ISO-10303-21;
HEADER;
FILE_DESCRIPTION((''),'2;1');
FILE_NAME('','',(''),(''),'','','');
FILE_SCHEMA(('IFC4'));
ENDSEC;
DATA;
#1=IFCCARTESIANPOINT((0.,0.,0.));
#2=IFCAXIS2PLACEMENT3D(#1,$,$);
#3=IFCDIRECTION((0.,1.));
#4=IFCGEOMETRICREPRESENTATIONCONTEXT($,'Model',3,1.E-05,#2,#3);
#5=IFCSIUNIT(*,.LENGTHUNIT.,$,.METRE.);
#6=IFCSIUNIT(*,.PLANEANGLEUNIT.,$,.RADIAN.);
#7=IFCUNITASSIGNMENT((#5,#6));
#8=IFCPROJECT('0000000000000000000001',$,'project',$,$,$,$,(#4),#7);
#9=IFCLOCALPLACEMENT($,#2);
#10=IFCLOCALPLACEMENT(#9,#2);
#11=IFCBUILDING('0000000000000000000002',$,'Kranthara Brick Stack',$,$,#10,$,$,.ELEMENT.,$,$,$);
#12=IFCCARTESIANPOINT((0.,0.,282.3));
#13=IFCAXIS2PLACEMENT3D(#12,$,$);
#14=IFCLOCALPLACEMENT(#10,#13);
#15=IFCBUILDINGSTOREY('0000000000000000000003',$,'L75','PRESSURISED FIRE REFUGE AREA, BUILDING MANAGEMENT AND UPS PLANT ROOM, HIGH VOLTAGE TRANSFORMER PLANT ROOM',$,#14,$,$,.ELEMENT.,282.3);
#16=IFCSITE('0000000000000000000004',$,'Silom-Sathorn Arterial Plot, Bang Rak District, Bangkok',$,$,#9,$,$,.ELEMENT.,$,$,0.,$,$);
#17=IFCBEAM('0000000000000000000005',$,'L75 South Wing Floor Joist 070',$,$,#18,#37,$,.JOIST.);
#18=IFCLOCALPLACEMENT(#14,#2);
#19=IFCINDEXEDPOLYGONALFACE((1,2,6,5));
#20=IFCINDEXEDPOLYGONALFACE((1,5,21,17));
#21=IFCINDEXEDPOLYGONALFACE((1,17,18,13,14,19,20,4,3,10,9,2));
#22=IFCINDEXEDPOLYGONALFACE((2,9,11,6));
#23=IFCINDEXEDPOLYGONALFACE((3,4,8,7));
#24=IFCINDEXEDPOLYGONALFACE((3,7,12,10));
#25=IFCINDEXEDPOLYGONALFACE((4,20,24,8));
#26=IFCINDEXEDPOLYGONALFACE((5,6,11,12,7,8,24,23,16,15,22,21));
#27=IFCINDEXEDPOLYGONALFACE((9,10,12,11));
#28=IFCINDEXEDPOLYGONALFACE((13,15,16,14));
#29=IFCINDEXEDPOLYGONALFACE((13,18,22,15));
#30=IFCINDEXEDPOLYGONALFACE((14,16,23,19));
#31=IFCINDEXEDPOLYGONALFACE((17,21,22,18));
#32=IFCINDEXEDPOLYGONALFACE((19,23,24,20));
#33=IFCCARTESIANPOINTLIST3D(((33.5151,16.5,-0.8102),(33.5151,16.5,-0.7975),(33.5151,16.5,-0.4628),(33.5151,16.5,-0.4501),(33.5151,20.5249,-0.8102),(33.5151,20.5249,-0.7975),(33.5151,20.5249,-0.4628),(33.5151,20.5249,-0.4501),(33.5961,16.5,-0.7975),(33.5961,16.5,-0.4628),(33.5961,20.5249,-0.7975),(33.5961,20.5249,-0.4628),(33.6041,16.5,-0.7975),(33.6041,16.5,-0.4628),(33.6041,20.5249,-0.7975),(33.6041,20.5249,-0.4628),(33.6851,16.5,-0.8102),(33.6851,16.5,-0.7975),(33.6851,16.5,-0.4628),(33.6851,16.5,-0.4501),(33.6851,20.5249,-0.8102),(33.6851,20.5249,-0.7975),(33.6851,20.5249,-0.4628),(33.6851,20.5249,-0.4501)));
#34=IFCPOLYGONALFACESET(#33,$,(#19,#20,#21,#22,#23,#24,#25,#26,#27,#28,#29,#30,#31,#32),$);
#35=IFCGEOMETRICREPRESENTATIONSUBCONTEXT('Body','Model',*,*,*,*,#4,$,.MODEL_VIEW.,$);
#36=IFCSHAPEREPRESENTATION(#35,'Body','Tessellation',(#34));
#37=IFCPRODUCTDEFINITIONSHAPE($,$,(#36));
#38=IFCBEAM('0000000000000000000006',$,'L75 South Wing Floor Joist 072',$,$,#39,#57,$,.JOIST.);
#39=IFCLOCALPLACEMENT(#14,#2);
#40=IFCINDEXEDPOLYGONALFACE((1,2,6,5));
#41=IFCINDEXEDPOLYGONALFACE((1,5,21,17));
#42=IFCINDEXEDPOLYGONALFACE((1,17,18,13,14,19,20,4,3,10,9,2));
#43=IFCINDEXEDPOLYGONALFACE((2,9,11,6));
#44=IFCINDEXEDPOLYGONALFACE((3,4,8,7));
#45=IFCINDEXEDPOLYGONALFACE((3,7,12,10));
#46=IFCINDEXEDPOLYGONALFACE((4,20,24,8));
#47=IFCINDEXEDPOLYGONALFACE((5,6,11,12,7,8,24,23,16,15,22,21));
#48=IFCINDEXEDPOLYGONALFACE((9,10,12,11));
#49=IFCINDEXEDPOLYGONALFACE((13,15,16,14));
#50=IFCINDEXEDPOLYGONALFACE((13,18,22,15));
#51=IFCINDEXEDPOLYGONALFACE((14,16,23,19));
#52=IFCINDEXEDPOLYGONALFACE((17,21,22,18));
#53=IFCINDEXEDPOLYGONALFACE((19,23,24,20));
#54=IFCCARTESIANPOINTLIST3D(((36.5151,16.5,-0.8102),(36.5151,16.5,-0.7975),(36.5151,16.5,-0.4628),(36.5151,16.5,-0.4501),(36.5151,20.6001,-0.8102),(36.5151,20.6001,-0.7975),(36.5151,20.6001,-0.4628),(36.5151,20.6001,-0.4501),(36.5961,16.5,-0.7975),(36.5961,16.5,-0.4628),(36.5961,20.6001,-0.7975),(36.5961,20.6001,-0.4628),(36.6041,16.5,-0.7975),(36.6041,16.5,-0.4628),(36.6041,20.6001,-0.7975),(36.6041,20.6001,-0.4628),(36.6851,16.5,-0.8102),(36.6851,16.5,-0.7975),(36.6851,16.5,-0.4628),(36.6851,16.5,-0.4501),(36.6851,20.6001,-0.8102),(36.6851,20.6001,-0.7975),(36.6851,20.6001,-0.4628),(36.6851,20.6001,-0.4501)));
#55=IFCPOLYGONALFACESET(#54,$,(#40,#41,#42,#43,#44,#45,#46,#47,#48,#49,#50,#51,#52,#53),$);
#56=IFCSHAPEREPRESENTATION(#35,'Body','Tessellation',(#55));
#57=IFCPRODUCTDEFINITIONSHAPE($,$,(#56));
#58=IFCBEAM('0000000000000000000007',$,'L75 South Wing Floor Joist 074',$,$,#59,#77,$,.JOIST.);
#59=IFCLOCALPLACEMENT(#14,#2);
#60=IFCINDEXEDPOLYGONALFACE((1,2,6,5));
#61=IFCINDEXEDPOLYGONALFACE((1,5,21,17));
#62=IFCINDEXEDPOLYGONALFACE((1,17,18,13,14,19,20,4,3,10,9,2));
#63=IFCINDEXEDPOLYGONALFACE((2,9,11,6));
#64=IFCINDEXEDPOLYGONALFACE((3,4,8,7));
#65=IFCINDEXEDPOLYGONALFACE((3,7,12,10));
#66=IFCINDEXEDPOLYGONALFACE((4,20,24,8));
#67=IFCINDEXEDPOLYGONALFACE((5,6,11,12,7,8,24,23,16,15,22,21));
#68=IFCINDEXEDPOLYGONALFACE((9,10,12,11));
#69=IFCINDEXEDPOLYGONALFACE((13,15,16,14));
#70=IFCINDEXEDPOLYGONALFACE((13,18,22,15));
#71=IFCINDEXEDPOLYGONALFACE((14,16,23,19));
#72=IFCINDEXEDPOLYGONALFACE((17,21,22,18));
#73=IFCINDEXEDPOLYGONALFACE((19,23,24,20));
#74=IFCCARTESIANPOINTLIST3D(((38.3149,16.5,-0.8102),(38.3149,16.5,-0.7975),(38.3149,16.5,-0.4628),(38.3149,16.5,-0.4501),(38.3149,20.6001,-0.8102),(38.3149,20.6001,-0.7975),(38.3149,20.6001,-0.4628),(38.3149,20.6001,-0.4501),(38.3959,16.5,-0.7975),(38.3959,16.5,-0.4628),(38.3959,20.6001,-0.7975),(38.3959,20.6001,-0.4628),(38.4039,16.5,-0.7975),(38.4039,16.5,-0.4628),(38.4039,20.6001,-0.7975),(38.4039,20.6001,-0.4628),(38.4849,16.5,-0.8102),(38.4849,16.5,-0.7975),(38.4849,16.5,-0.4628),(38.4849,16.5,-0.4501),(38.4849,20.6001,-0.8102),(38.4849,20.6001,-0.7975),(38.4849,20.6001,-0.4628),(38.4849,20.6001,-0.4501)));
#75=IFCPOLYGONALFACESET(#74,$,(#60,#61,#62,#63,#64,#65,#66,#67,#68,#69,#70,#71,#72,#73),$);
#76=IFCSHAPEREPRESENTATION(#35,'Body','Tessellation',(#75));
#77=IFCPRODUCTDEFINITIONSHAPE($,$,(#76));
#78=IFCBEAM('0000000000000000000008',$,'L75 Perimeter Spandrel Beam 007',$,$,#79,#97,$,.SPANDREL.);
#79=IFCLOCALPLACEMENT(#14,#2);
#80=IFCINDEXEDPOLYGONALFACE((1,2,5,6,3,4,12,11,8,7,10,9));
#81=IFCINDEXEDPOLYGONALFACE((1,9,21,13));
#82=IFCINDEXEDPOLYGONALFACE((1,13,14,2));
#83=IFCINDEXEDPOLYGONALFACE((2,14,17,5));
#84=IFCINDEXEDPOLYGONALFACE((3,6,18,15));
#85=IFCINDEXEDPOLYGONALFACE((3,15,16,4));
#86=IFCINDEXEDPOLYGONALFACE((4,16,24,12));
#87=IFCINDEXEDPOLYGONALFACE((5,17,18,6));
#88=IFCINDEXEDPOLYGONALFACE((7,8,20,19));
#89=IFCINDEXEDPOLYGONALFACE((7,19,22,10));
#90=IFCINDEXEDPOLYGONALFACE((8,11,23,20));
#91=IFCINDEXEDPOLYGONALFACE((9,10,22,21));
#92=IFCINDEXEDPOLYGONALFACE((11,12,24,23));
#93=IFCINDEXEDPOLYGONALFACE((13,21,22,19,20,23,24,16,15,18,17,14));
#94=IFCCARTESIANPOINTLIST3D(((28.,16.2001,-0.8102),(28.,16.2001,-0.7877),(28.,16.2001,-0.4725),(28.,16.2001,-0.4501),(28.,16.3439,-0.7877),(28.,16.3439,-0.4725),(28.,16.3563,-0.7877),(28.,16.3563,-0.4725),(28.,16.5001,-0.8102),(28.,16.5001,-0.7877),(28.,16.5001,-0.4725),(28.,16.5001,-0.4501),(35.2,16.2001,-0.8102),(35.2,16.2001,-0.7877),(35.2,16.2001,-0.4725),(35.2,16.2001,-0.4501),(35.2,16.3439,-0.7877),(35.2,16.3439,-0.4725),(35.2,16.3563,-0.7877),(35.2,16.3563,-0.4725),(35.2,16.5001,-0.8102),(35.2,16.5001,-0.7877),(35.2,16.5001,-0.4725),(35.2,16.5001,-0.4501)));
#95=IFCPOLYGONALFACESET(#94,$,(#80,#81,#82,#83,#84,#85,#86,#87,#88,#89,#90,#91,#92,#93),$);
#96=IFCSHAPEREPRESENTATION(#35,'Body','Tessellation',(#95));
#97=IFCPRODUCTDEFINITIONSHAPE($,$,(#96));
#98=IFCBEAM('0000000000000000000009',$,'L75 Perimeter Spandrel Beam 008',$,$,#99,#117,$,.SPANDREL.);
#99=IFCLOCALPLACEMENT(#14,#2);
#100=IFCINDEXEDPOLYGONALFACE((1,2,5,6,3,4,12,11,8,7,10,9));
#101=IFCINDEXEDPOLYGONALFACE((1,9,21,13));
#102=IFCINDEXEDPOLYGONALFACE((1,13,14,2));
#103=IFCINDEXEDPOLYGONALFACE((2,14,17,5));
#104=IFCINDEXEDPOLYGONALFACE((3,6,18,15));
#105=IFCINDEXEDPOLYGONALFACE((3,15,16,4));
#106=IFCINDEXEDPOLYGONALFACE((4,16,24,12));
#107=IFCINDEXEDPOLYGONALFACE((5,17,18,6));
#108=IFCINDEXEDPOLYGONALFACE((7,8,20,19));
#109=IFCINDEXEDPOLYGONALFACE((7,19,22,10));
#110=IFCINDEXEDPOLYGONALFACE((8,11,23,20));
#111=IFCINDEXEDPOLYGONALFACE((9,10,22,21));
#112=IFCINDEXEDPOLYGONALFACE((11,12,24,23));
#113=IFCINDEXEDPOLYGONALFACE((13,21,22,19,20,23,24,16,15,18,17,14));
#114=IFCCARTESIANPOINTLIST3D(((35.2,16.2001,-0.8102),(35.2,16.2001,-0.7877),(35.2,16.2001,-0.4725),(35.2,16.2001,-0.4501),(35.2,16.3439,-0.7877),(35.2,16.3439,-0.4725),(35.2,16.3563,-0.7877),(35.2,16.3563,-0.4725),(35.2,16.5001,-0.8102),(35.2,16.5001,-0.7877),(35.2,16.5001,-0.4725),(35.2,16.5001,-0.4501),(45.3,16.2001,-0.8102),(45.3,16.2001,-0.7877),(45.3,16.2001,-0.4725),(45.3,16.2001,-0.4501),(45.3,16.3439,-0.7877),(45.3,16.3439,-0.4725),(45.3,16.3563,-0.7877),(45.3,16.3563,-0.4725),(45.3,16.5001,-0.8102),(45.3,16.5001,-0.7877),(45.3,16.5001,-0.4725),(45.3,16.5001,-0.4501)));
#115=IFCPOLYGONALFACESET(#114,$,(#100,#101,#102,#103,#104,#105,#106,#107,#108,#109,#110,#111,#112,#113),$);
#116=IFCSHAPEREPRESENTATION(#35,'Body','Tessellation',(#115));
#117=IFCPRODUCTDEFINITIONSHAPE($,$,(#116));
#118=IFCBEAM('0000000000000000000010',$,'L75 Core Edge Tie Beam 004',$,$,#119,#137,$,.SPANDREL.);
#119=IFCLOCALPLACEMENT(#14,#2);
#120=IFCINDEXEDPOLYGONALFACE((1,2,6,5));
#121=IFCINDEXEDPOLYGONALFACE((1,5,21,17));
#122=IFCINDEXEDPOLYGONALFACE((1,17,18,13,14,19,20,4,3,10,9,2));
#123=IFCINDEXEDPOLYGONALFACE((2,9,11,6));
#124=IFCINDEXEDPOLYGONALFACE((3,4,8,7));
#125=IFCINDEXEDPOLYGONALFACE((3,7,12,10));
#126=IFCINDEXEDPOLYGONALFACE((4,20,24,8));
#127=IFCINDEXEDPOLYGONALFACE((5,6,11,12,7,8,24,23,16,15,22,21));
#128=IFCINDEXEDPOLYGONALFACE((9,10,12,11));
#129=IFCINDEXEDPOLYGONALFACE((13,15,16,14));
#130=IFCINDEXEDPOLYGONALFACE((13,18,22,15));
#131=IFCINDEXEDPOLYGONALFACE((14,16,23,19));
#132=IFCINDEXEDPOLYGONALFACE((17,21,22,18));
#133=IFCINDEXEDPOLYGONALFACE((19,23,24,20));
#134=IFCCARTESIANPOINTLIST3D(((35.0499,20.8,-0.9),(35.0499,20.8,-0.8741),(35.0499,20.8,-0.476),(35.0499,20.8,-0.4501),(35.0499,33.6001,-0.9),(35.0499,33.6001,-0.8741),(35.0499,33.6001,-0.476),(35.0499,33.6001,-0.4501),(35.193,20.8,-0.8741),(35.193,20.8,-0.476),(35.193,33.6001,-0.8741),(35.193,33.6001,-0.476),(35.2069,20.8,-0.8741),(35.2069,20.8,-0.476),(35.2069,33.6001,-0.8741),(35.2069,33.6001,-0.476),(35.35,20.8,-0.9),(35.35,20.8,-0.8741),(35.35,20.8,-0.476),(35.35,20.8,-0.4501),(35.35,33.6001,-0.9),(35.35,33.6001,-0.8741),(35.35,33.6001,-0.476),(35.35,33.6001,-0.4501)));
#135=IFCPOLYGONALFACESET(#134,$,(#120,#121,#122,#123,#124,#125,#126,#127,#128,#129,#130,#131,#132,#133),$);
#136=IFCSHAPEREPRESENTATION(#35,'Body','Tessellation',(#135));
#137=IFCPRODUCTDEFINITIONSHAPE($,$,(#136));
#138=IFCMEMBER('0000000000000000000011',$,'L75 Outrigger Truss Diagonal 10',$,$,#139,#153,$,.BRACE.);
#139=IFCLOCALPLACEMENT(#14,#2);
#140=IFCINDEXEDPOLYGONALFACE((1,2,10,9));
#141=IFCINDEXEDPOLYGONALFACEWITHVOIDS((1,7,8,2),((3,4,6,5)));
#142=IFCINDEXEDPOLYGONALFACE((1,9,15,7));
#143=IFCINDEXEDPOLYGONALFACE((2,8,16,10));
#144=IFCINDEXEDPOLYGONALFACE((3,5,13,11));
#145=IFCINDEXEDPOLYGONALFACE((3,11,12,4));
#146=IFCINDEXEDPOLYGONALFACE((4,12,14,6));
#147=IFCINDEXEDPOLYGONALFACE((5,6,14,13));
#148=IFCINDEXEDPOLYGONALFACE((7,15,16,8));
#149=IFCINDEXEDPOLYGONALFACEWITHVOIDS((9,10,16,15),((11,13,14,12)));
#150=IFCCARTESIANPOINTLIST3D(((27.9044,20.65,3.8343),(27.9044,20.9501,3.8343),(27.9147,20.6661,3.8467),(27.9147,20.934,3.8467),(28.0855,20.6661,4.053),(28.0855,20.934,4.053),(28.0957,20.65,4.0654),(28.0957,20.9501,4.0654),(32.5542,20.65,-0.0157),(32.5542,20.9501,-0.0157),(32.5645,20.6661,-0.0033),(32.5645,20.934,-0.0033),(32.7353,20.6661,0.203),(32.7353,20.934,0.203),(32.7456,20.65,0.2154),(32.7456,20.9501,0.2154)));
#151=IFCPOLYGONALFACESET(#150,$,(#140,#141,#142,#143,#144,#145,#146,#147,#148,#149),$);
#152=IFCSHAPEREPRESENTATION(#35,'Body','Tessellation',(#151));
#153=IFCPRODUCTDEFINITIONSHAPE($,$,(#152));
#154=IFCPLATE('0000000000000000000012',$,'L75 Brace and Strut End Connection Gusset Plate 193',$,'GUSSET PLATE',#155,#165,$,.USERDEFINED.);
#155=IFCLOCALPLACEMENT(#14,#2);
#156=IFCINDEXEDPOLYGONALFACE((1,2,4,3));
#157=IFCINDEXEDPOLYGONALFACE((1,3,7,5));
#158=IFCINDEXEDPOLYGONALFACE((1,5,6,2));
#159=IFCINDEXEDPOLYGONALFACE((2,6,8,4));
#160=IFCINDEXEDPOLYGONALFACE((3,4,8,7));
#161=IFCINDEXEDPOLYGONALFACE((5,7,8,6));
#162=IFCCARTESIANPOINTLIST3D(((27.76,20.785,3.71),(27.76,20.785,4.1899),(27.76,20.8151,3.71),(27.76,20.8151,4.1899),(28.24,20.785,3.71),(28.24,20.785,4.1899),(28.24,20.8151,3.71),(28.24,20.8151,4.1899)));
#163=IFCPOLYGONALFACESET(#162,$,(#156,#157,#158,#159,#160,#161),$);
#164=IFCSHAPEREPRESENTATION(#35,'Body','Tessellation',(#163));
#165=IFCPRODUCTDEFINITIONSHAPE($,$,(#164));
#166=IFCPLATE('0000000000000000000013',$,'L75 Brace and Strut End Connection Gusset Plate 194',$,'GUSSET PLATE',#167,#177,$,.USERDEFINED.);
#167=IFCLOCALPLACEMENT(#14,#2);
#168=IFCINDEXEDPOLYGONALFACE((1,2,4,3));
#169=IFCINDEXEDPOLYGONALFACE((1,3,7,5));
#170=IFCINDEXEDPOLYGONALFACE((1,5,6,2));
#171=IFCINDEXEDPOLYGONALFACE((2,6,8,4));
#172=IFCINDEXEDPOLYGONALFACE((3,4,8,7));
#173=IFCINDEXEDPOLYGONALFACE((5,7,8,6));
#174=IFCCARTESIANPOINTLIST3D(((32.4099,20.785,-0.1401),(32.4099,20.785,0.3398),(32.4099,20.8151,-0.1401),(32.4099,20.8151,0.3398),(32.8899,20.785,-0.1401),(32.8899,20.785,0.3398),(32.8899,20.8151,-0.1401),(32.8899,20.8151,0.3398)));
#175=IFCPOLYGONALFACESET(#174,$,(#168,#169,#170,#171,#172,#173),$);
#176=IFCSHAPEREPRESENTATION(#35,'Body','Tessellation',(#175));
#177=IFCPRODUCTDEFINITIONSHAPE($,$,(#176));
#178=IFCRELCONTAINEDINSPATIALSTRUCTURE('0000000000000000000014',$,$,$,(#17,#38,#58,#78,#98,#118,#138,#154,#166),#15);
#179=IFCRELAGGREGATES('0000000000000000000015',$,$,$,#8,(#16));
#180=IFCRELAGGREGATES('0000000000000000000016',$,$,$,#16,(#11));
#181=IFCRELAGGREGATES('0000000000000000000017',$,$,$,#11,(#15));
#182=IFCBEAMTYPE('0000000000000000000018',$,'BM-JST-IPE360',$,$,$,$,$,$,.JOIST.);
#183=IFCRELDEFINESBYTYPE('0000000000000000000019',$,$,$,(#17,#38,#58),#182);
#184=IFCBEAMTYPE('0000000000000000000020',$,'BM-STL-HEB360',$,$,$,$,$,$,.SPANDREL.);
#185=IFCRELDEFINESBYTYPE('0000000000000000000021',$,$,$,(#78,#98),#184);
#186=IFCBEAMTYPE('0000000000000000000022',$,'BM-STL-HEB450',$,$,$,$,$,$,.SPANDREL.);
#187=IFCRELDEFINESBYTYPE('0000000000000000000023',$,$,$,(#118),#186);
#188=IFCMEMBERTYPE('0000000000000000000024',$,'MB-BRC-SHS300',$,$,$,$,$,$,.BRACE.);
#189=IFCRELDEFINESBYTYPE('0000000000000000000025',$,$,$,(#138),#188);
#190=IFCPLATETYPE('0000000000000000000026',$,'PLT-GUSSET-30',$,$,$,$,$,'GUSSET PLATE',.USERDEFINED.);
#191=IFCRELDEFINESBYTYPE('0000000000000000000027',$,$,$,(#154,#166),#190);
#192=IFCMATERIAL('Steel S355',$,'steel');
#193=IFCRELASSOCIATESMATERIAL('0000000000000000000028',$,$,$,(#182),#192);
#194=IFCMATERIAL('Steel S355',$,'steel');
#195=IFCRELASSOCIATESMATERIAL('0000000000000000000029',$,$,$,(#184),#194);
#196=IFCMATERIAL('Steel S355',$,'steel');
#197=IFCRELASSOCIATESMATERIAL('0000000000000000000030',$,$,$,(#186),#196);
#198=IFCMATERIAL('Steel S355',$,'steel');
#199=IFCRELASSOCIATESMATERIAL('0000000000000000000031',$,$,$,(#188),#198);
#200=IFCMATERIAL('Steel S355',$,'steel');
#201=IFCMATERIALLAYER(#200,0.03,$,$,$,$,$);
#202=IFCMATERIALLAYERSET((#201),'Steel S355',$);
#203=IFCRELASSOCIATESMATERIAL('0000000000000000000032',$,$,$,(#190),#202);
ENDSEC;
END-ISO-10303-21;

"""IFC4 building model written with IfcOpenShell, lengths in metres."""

from ifc_helpers import new_model, si_unit, direction, frame, origin, origin_2d, place, context, subcontext, project, spatial, rectangle, hollow_rectangle, i_section, extrude, material, layer, layer_set, material_profile, profile_set, type_object, element, save


model = new_model("IFC4")

# Units and contexts
model_context = context("Model", 3, precision=1e-05, world=origin(), true_north=direction((0.0, 1.0)))
body_context = subcontext(model_context, "Body", "Model", "MODEL_VIEW")
ifc_project = project(units=[si_unit("LENGTHUNIT", "METRE"), si_unit("PLANEANGLEUNIT", "RADIAN")], contexts=[model_context])

# Site, building, storey
site_placement = place(None, origin())
site = spatial("IfcSite", under=ifc_project, at=site_placement, Name="Silom-Sathorn Arterial Plot, Bang Rak District, Bangkok", CompositionType="ELEMENT", RefElevation=0.0)
building_placement = place(site_placement, origin())
building = spatial("IfcBuilding", under=site, at=building_placement, Name="Kranthara Brick Stack", CompositionType="ELEMENT")
storey_placement = place(building_placement, frame((0.0, 0.0, 282.3)))
storey = spatial("IfcBuildingStorey", under=building, at=storey_placement, Name="L75", Description="PRESSURISED FIRE REFUGE AREA, BUILDING MANAGEMENT AND UPS PLANT ROOM, HIGH VOLTAGE TRANSFORMER PLANT ROOM", CompositionType="ELEMENT", Elevation=282.3)

# Beams
ifc_material_1 = material(Name="Steel S355", Category="steel")
ifc_material_profile_1 = material_profile(ifc_material_1, i_section(OverallWidth=0.1699, OverallDepth=0.3601, WebThickness=0.0081, FlangeThickness=0.0127, at=origin_2d()), Name="IPE 360")
ifc_profile_set_1 = profile_set([ifc_material_profile_1], Name="Steel S355")
beam_type_1 = type_object("IfcBeamType", Name="BM-JST-IPE360", PredefinedType="JOIST", material=ifc_profile_set_1)
for number, where, z_axis, x_axis, name in (
    (1, (33.6001, 16.5, -0.6301), (0.0, 1.0, 0.0), (-1.0, 0.0, 0.0), "L75 South Wing Floor Joist 070"),
):
    element("IfcBeam", number, at=place(storey_placement, frame(where, z_axis=z_axis, x_axis=x_axis)), inside=storey, type_object=beam_type_1, Name=name, PredefinedType="JOIST", context=body_context, shape_type="SweptSolid", body=[
        extrude(i_section(OverallWidth=0.1699, OverallDepth=0.3601, WebThickness=0.0081, FlangeThickness=0.0127, at=origin_2d()), origin(), (0.0, 0.0, 1.0), 4.0249),
    ])
for number, where, z_axis, x_axis, name in (
    (2, (36.6001, 16.5, -0.6301), (0.0, 1.0, 0.0), (-1.0, 0.0, 0.0), "L75 South Wing Floor Joist 072"),
    (3, (38.3999, 16.5, -0.6301), (0.0, 1.0, 0.0), (-1.0, 0.0, 0.0), "L75 South Wing Floor Joist 074"),
):
    element("IfcBeam", number, at=place(storey_placement, frame(where, z_axis=z_axis, x_axis=x_axis)), inside=storey, type_object=beam_type_1, Name=name, PredefinedType="JOIST", context=body_context, shape_type="SweptSolid", body=[
        extrude(i_section(OverallWidth=0.1699, OverallDepth=0.3601, WebThickness=0.0081, FlangeThickness=0.0127, at=origin_2d()), origin(), (0.0, 0.0, 1.0), 4.1001),
    ])
ifc_material_2 = material(Name="Steel S355", Category="steel")
ifc_material_profile_2 = material_profile(ifc_material_2, i_section(OverallWidth=0.3, OverallDepth=0.3601, WebThickness=0.0125, FlangeThickness=0.0225, at=origin_2d()), Name="HEB 360")
ifc_profile_set_2 = profile_set([ifc_material_profile_2], Name="Steel S355")
beam_type_2 = type_object("IfcBeamType", Name="BM-STL-HEB360", PredefinedType="SPANDREL", material=ifc_profile_set_2)
beam_1_placement = place(storey_placement, frame((28.0, 16.3501, -0.6301), z_axis=(1.0, 0.0, 0.0), x_axis=(0.0, 1.0, 0.0)))
element("IfcBeam", 4, at=beam_1_placement, inside=storey, type_object=beam_type_2, Name="L75 Perimeter Spandrel Beam 007", PredefinedType="SPANDREL", context=body_context, shape_type="SweptSolid", body=[
    extrude(i_section(OverallWidth=0.3, OverallDepth=0.3601, WebThickness=0.0125, FlangeThickness=0.0225, at=origin_2d()), origin(), (0.0, 0.0, 1.0), 7.2),
])
beam_2_placement = place(storey_placement, frame((35.2, 16.3501, -0.6301), z_axis=(1.0, 0.0, 0.0), x_axis=(0.0, 1.0, 0.0)))
element("IfcBeam", 5, at=beam_2_placement, inside=storey, type_object=beam_type_2, Name="L75 Perimeter Spandrel Beam 008", PredefinedType="SPANDREL", context=body_context, shape_type="SweptSolid", body=[
    extrude(i_section(OverallWidth=0.3, OverallDepth=0.3601, WebThickness=0.0125, FlangeThickness=0.0225, at=origin_2d()), origin(), (0.0, 0.0, 1.0), 10.1001),
])
ifc_material_3 = material(Name="Steel S355", Category="steel")
ifc_material_profile_3 = material_profile(ifc_material_3, i_section(OverallWidth=0.3, OverallDepth=0.45, WebThickness=0.0139, FlangeThickness=0.0259, at=origin_2d()), Name="HEB 450")
ifc_profile_set_3 = profile_set([ifc_material_profile_3], Name="Steel S355")
beam_type_3 = type_object("IfcBeamType", Name="BM-STL-HEB450", PredefinedType="SPANDREL", material=ifc_profile_set_3)
beam_3_placement = place(storey_placement, frame((35.2, 20.8, -0.675), z_axis=(0.0, 1.0, 0.0), x_axis=(-1.0, 0.0, 0.0)))
element("IfcBeam", 6, at=beam_3_placement, inside=storey, type_object=beam_type_3, Name="L75 Core Edge Tie Beam 004", PredefinedType="SPANDREL", context=body_context, shape_type="SweptSolid", body=[
    extrude(i_section(OverallWidth=0.3, OverallDepth=0.45, WebThickness=0.0139, FlangeThickness=0.0259, at=origin_2d()), origin(), (0.0, 0.0, 1.0), 12.8),
])

# Member
ifc_material_4 = material(Name="Steel S355", Category="steel")
ifc_material_profile_4 = material_profile(ifc_material_4, hollow_rectangle(XDim=0.3, YDim=0.3, WallThickness=0.0161, at=origin_2d()), Name="SHS 300x300x16")
ifc_profile_set_4 = profile_set([ifc_material_profile_4], Name="Steel S355")
member_type = type_object("IfcMemberType", Name="MB-BRC-SHS300", PredefinedType="BRACE", material=ifc_profile_set_4)
member_placement = place(storey_placement, frame((32.6499, 20.8, 0.0999), z_axis=(-0.770239, 0.0, 0.637755), x_axis=(0.0, -1.0, 0.0)))
element("IfcMember", 7, at=member_placement, inside=storey, type_object=member_type, Name="L75 Outrigger Truss Diagonal 10", PredefinedType="BRACE", context=body_context, shape_type="SweptSolid", body=[
    extrude(hollow_rectangle(XDim=0.3, YDim=0.3, WallThickness=0.0161, at=origin_2d()), origin(), (0.0, 0.0, 1.0), 6.0369),
])

# Plates
ifc_material_5 = material(Name="Steel S355", Category="steel")
ifc_layer_1 = layer(ifc_material_5, 0.03)
ifc_layer_set_1 = layer_set([ifc_layer_1], Name="Steel S355")
plate_type = type_object("IfcPlateType", Name="PLT-GUSSET-30", ElementType="GUSSET PLATE", PredefinedType="USERDEFINED", material=ifc_layer_set_1)
for number, where, z_axis, x_axis, name in (
    (8, (28.0, 20.8, 3.71), (0.0, 0.0, 1.0), (1.0, 0.0, 0.0), "L75 Brace and Strut End Connection Gusset Plate 193"),
    (9, (32.6499, 20.8, -0.1401), (0.0, 0.0, 1.0), (1.0, 0.0, 0.0), "L75 Brace and Strut End Connection Gusset Plate 194"),
):
    element("IfcPlate", number, at=place(storey_placement, frame(where, z_axis=z_axis, x_axis=x_axis)), inside=storey, type_object=plate_type, Name=name, ObjectType="GUSSET PLATE", PredefinedType="USERDEFINED", context=body_context, shape_type="SweptSolid", body=[
        extrude(rectangle(XDim=0.48, YDim=0.03, at=origin_2d()), origin(), (0.0, 0.0, 1.0), 0.48),
    ])

save(model, "model.ifc")
